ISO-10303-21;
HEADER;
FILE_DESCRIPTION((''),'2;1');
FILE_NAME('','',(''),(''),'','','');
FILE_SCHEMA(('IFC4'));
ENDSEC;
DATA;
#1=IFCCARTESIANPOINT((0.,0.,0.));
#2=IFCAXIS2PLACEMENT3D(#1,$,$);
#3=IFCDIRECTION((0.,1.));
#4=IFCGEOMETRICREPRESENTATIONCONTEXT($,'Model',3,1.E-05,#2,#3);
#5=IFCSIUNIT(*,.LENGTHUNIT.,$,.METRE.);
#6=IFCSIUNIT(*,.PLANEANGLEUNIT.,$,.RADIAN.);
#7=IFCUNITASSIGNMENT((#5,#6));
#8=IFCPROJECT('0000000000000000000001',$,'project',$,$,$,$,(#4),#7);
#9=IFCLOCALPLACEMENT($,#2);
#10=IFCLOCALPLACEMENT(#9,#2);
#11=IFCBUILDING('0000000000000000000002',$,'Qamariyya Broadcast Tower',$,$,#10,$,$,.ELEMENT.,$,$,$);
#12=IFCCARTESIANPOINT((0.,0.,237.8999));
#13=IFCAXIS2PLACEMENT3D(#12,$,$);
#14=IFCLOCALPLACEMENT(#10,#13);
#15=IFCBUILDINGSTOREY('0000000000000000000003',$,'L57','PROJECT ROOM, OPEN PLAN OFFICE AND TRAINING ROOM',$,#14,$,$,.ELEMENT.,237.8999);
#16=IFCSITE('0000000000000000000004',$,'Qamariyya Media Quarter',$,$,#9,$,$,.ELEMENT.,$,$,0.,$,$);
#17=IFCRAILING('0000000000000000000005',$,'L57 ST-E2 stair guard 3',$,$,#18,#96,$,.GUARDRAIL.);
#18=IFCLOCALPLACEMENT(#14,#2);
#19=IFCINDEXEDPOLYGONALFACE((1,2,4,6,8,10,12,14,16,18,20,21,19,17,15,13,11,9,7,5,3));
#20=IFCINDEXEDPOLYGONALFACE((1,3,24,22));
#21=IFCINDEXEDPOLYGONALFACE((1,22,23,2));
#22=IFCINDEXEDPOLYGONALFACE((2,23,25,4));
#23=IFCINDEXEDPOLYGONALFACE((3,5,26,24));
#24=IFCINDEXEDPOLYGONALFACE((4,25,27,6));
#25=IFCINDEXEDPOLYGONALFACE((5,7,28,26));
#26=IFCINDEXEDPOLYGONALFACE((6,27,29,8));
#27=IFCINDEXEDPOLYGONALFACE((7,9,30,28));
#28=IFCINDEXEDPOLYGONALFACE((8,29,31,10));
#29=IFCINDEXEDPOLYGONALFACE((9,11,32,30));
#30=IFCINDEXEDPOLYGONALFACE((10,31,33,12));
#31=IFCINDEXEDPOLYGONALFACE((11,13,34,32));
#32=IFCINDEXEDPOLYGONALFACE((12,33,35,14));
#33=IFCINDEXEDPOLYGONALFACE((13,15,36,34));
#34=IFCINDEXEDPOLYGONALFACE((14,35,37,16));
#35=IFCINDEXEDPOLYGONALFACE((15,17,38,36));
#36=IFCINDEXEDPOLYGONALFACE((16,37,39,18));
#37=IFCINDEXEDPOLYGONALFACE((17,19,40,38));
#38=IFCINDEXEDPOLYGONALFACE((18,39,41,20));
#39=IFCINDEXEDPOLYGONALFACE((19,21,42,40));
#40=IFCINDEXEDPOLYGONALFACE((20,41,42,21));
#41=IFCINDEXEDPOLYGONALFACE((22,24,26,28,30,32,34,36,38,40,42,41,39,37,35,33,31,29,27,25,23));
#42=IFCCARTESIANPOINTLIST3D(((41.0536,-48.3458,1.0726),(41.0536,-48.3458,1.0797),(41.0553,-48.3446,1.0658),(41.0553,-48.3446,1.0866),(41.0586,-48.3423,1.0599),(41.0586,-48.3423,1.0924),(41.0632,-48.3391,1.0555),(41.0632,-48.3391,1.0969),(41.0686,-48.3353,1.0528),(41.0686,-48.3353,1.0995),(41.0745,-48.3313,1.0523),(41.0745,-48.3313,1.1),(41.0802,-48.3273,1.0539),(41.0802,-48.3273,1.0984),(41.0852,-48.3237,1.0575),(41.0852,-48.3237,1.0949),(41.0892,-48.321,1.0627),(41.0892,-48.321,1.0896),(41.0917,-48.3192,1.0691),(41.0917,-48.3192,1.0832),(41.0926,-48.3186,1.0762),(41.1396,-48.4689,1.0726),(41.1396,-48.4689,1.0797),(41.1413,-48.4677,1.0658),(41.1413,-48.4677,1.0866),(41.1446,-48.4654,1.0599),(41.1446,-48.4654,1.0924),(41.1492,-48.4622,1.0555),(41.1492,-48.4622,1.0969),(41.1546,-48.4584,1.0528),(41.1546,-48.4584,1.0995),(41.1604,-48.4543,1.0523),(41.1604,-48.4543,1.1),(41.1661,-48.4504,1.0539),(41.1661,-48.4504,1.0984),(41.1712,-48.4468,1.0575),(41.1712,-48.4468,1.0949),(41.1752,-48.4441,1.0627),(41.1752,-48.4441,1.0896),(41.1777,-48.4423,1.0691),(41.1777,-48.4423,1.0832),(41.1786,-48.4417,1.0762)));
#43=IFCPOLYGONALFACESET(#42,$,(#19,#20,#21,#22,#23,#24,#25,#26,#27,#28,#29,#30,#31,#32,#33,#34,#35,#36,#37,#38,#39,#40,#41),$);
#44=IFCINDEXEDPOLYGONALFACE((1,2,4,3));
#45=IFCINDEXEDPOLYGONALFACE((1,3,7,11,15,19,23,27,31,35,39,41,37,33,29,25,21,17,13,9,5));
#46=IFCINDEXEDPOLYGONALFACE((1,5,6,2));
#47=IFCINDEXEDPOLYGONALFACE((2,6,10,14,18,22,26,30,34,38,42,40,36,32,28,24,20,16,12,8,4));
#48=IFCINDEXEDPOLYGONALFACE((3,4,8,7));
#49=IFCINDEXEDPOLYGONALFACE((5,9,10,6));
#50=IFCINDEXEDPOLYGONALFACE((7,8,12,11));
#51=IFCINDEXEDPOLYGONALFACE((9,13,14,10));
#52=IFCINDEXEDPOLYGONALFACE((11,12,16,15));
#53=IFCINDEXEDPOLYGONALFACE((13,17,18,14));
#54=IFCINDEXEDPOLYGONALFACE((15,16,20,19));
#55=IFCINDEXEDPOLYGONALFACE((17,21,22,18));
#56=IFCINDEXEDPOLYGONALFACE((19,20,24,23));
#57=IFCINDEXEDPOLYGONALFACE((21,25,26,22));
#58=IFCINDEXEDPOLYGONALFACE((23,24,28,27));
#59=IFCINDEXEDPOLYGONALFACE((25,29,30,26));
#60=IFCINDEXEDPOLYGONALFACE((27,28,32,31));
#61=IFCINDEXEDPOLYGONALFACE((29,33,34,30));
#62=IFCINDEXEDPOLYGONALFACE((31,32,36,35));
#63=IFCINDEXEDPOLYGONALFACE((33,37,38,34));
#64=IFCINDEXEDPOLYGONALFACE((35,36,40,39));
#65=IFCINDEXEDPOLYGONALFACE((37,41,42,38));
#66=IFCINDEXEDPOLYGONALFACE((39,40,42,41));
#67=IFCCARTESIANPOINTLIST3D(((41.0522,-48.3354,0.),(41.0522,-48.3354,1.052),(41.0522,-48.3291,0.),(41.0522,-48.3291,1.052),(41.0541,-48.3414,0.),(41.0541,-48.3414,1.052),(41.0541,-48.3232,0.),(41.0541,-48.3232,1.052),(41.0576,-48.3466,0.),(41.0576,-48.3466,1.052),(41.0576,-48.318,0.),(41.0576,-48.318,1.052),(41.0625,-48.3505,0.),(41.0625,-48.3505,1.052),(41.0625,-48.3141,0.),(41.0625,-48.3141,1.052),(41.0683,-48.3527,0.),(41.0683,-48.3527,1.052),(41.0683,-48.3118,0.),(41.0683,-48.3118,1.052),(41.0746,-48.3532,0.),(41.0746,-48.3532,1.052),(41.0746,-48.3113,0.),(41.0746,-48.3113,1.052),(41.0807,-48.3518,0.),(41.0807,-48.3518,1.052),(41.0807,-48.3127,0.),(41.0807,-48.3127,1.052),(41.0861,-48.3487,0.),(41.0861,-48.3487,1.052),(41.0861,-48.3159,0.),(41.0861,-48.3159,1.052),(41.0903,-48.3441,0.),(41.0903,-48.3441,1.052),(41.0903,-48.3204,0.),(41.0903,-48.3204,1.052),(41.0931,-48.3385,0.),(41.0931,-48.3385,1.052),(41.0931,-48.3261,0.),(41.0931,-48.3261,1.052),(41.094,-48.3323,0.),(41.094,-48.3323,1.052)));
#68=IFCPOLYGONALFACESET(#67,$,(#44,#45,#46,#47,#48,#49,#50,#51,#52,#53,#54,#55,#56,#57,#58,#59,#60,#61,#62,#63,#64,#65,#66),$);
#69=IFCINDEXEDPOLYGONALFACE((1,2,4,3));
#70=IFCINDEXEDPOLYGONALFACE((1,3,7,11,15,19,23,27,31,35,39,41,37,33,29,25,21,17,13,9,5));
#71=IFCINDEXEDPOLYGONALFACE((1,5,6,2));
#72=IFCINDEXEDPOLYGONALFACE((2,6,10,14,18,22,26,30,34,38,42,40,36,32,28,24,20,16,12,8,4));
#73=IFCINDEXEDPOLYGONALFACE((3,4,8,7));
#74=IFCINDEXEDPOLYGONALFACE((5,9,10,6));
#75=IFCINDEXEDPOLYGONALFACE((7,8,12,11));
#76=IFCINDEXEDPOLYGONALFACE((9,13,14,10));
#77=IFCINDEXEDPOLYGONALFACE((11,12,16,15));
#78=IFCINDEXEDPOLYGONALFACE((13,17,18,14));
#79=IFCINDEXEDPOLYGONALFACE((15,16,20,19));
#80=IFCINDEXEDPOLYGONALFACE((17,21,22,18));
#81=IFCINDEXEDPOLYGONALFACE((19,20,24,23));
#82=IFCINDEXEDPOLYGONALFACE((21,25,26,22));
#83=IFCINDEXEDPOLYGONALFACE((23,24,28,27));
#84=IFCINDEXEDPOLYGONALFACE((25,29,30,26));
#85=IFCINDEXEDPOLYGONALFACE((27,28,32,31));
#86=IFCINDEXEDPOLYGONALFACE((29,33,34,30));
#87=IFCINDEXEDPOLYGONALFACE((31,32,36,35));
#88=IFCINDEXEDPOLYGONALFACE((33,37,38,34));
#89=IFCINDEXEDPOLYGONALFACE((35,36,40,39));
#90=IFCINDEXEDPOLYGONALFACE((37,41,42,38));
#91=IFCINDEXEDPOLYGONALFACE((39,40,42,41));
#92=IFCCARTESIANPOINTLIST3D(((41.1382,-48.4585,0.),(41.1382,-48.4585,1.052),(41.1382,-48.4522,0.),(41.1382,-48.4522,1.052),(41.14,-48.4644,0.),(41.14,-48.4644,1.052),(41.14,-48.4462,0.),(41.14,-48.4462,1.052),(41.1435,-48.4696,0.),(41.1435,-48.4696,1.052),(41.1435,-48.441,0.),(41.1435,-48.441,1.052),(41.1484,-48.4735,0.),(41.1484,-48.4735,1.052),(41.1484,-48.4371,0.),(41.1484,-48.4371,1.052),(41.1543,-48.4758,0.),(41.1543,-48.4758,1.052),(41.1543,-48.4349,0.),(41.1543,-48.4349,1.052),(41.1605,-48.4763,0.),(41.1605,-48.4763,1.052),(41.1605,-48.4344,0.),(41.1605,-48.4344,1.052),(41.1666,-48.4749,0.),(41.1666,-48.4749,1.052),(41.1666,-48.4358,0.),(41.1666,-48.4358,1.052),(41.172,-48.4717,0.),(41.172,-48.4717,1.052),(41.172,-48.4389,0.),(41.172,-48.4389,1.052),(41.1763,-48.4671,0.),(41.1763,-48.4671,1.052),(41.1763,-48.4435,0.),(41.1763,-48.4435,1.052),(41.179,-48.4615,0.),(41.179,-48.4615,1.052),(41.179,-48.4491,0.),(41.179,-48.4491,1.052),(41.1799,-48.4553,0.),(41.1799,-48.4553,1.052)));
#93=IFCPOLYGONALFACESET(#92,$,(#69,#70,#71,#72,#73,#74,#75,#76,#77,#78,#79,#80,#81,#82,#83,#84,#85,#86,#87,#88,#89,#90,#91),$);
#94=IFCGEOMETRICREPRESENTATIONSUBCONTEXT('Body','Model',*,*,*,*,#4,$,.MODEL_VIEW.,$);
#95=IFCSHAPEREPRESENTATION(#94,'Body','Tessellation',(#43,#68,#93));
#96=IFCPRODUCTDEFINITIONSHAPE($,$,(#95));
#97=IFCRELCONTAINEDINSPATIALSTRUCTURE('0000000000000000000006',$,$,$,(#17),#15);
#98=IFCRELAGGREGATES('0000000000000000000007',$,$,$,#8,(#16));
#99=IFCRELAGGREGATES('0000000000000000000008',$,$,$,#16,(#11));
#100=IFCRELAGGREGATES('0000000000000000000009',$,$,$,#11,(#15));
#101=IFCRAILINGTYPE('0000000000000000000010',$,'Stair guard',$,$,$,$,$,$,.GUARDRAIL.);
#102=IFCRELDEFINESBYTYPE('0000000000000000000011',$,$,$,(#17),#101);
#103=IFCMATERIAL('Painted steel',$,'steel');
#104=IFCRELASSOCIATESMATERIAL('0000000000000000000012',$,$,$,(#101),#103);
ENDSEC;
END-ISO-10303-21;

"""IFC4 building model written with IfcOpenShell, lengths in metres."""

from ifc_helpers import new_model, si_unit, direction, frame, origin, origin_2d, place, context, subcontext, project, spatial, circle, extrude, material, type_object, element, save


model = new_model("IFC4")

# Units and contexts
model_context = context("Model", 3, precision=1e-05, world=origin(), true_north=direction((0.0, 1.0)))
body_context = subcontext(model_context, "Body", "Model", "MODEL_VIEW")
ifc_project = project(units=[si_unit("LENGTHUNIT", "METRE"), si_unit("PLANEANGLEUNIT", "RADIAN")], contexts=[model_context])

# Site, building, storey
site_placement = place(None, origin())
site = spatial("IfcSite", under=ifc_project, at=site_placement, Name="Qamariyya Media Quarter", CompositionType="ELEMENT", RefElevation=0.0)
building_placement = place(site_placement, origin())
building = spatial("IfcBuilding", under=site, at=building_placement, Name="Qamariyya Broadcast Tower", CompositionType="ELEMENT")
storey_placement = place(building_placement, frame((0.0, 0.0, 237.8999)))
storey = spatial("IfcBuildingStorey", under=building, at=storey_placement, Name="L57", Description="PROJECT ROOM, OPEN PLAN OFFICE AND TRAINING ROOM", CompositionType="ELEMENT", Elevation=237.8999)

# Railing
ifc_material_1 = material(Name="Painted steel", Category="steel")
railing_type_1 = type_object("IfcRailingType", Name="Stair guard", PredefinedType="GUARDRAIL", material=ifc_material_1)
railing_1_placement = place(storey_placement, frame((41.073, -48.3323, 0.0)))
element("IfcRailing", 1, at=railing_1_placement, inside=storey, type_object=railing_type_1, Name="L57 ST-E2 stair guard 3", PredefinedType="GUARDRAIL", context=body_context, shape_type="SweptSolid", body=[
    extrude(circle(Radius=0.0239, at=origin_2d()), frame((0.0, 0.0, 1.0762), z_axis=(0.572589, -0.819843, 0.0), x_axis=(0.819843, 0.572589, 0.0)), (0.0, 0.0, 1.0), 0.1501),
    extrude(circle(Radius=0.021, at=origin_2d()), origin(), (0.0, 0.0, 1.0), 1.052),
    extrude(circle(Radius=0.021, at=origin_2d()), frame((0.0859, -0.123, 0.0)), (0.0, 0.0, 1.0), 1.052),
])

save(model, "model.ifc")
